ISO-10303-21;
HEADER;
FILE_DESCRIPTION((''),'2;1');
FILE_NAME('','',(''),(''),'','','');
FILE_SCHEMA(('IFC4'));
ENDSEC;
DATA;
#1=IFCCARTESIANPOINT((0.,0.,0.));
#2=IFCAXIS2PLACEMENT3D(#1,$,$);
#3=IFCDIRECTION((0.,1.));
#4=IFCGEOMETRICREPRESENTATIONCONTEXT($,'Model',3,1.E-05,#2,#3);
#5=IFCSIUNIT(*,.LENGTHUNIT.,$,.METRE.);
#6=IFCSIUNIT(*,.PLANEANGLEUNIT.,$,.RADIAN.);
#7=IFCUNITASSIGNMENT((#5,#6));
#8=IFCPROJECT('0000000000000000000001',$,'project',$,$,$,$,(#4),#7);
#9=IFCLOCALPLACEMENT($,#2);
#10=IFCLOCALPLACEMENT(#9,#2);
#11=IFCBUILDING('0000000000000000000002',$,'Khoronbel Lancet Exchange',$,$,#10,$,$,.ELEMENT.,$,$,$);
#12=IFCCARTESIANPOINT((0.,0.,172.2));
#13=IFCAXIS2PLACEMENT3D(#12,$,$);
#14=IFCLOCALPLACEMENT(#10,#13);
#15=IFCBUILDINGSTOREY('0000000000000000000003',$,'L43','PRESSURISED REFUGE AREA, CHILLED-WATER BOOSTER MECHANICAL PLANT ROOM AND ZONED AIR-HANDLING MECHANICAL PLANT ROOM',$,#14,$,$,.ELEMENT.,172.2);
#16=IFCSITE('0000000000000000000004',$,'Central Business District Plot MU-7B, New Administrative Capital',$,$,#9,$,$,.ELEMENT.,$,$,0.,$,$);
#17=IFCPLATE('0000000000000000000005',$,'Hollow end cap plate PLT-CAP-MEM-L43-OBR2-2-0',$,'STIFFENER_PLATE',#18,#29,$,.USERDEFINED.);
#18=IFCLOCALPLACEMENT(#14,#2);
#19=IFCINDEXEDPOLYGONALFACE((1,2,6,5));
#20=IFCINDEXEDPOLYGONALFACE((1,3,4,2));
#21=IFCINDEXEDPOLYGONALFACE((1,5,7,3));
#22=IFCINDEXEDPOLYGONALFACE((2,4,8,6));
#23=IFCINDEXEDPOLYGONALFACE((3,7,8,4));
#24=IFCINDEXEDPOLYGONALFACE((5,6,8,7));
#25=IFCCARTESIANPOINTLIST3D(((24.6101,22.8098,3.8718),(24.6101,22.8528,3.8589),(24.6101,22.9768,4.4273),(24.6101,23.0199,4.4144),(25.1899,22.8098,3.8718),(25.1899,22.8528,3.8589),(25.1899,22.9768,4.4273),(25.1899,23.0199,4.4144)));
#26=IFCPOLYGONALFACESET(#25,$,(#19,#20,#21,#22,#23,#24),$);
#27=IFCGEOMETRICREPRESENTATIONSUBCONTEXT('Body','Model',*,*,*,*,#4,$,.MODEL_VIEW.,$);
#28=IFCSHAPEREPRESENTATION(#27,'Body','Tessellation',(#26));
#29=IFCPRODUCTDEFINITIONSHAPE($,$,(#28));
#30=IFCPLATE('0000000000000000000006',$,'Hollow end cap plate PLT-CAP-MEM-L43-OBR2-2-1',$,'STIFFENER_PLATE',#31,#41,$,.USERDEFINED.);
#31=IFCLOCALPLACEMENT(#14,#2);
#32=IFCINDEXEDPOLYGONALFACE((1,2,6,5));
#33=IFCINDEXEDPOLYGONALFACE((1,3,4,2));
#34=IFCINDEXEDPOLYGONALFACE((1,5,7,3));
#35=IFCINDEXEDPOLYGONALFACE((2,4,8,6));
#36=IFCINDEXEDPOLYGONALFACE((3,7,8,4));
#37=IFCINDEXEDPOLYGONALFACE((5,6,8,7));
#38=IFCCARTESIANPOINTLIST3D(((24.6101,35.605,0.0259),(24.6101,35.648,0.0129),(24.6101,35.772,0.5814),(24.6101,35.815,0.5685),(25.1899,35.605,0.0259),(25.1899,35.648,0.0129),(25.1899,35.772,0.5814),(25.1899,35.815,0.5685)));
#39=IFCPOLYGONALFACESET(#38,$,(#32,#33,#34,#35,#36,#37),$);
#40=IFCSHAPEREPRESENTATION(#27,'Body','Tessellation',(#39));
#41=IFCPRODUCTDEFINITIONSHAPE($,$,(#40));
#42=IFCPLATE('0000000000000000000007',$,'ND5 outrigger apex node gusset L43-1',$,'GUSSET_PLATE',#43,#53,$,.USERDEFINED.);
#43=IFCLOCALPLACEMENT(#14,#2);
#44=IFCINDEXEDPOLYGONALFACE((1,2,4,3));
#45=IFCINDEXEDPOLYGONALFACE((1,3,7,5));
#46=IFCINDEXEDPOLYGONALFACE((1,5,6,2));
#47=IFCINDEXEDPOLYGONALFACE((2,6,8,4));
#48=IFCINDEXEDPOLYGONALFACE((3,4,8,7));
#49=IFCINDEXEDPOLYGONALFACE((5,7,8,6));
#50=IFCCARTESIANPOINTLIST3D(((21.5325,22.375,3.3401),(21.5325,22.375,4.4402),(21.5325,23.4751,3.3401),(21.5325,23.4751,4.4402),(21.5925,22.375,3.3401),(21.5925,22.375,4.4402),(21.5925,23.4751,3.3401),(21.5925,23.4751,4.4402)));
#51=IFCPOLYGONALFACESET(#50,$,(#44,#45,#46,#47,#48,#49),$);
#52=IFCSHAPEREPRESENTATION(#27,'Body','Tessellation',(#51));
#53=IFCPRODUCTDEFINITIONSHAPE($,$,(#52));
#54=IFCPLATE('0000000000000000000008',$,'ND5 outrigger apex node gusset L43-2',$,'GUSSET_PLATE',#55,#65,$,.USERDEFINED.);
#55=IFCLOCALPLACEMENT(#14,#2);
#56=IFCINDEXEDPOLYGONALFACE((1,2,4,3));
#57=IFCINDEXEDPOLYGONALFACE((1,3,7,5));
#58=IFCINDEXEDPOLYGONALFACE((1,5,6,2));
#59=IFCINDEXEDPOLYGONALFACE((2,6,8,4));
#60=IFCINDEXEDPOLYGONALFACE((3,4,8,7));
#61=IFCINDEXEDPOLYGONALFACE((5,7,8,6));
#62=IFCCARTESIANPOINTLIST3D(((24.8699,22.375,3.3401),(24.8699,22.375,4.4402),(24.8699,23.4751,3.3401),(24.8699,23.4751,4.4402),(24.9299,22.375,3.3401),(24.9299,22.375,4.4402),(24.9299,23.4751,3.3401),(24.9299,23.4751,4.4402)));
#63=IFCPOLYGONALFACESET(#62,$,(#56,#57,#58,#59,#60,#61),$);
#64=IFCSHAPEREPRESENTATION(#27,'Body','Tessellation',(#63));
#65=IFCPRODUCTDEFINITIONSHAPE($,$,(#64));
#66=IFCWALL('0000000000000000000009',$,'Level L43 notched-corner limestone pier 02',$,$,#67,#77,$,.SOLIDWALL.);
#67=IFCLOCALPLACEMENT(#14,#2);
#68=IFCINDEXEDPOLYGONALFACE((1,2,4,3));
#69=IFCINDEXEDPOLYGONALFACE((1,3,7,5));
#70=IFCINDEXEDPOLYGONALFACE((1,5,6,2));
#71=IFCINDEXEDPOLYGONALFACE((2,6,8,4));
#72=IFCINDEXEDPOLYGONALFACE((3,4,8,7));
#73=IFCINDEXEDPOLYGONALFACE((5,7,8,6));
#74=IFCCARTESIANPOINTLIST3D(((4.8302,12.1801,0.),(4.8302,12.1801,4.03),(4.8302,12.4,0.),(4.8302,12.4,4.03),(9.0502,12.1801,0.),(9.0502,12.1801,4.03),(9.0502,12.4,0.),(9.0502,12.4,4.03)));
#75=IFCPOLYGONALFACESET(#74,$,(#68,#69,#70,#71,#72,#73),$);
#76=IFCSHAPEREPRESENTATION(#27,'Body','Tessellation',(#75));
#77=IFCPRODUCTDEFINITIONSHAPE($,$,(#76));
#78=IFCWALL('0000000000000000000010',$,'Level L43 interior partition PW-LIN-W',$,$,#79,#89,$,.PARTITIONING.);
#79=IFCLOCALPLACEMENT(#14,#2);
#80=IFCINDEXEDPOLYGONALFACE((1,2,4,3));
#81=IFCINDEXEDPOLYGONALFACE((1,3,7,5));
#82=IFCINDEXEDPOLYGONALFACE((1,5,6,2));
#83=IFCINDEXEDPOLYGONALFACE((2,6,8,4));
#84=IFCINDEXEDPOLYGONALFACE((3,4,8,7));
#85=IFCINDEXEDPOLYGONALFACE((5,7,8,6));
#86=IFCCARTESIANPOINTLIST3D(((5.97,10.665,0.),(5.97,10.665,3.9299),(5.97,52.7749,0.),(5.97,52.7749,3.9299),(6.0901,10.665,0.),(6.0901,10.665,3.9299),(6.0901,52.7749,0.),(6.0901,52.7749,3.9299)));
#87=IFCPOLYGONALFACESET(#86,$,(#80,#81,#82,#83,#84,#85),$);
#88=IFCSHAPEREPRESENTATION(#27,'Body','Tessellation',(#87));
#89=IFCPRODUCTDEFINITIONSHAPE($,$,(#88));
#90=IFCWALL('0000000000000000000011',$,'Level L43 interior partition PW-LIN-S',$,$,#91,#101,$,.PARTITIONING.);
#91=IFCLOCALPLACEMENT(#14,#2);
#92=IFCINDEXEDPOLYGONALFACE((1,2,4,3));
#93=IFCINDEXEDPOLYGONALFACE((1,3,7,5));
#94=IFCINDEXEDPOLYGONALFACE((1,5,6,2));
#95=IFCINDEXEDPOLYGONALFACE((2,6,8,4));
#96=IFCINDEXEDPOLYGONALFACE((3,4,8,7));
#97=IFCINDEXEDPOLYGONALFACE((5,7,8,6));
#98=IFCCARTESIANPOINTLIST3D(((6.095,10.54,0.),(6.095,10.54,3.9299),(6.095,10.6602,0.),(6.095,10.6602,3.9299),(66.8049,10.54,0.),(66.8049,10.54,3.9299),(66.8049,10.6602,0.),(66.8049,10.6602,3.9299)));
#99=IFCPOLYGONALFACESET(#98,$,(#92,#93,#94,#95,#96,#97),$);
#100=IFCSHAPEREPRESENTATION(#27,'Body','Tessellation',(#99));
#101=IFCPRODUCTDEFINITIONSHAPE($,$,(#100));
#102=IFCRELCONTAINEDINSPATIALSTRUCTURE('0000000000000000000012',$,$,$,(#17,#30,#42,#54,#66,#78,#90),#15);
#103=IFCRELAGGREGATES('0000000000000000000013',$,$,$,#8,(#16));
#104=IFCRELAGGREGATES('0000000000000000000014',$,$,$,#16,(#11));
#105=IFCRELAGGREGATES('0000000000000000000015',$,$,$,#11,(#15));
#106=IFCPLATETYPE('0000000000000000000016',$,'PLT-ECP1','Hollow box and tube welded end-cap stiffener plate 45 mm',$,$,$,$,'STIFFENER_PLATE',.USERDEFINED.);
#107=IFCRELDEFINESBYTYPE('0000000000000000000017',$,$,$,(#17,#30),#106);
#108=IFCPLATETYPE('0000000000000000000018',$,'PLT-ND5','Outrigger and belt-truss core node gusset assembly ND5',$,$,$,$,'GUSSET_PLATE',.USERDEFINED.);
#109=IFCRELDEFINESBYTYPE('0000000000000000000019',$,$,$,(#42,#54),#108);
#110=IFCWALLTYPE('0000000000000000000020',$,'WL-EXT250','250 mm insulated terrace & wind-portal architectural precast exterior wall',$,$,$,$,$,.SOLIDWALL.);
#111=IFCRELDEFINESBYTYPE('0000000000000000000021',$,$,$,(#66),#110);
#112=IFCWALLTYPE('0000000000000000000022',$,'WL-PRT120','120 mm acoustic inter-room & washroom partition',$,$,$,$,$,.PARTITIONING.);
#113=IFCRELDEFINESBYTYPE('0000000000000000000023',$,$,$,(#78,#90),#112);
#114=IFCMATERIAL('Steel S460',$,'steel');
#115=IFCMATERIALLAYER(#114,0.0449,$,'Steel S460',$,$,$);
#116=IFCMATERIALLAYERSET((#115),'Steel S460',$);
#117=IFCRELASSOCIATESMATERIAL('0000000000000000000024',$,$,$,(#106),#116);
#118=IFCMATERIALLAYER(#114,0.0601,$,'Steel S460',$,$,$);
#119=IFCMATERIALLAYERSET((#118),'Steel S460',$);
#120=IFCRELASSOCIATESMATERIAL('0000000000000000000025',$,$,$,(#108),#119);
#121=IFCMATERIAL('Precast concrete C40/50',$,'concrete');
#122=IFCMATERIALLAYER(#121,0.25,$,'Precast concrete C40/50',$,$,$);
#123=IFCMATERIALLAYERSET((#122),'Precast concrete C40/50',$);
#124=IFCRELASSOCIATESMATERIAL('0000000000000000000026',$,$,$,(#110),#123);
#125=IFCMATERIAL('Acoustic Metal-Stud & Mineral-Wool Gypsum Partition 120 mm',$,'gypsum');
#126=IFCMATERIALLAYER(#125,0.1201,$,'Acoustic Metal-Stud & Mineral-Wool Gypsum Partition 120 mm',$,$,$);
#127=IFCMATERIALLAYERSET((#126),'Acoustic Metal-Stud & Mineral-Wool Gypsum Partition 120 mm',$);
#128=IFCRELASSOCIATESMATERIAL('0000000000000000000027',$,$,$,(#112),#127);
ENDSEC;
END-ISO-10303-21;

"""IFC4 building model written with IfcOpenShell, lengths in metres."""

from ifc_helpers import new_model, si_unit, direction, frame, frame_2d, origin, origin_2d, place, context, subcontext, project, spatial, polyline, rectangle, outline, extrude, material, layer, layer_set, type_object, element, save


model = new_model("IFC4")

# Units and contexts
model_context = context("Model", 3, precision=1e-05, world=origin(), true_north=direction((0.0, 1.0)))
body_context = subcontext(model_context, "Body", "Model", "MODEL_VIEW")
ifc_project = project(units=[si_unit("LENGTHUNIT", "METRE"), si_unit("PLANEANGLEUNIT", "RADIAN")], contexts=[model_context])

# Site, building, storey
site_placement = place(None, origin())
site = spatial("IfcSite", under=ifc_project, at=site_placement, Name="Central Business District Plot MU-7B, New Administrative Capital", CompositionType="ELEMENT", RefElevation=0.0)
building_placement = place(site_placement, origin())
building = spatial("IfcBuilding", under=site, at=building_placement, Name="Khoronbel Lancet Exchange", CompositionType="ELEMENT")
storey_placement = place(building_placement, frame((0.0, 0.0, 172.2)))
storey = spatial("IfcBuildingStorey", under=building, at=storey_placement, Name="L43", Description="PRESSURISED REFUGE AREA, CHILLED-WATER BOOSTER MECHANICAL PLANT ROOM AND ZONED AIR-HANDLING MECHANICAL PLANT ROOM", CompositionType="ELEMENT", Elevation=172.2)

# Shared definitions
ifc_material_1 = material(Name="Steel S460", Category="steel")

# Plates
ifc_layer_1 = layer(ifc_material_1, 0.0449, Name="Steel S460")
ifc_layer_set_1 = layer_set([ifc_layer_1], Name="Steel S460")
plate_type_1 = type_object("IfcPlateType", Name="PLT-ECP1", Description="Hollow box and tube welded end-cap stiffener plate 45 mm", ElementType="STIFFENER_PLATE", PredefinedType="USERDEFINED", material=ifc_layer_set_1)
for number, where, z_axis, x_axis, name in (
    (1, (24.6101, 22.8098, 3.8718), (0.0, -0.957652, 0.287927), (1.0, 0.0, 0.0), "Hollow end cap plate PLT-CAP-MEM-L43-OBR2-2-0"),
    (2, (24.6101, 35.605, 0.0259), (0.0, -0.957652, 0.287927), (1.0, 0.0, 0.0), "Hollow end cap plate PLT-CAP-MEM-L43-OBR2-2-1"),
):
    element("IfcPlate", number, at=place(storey_placement, frame(where, z_axis=z_axis, x_axis=x_axis)), inside=storey, type_object=plate_type_1, Name=name, ObjectType="STIFFENER_PLATE", PredefinedType="USERDEFINED", context=body_context, shape_type="SweptSolid", body=[
        extrude(outline(polyline([(0.0, 0.0), (0.5798, 0.0), (0.5798, 0.5801), (0.0, 0.5801), (0.0, 0.0)])), origin(), (0.0, 0.0, -1.0), 0.0449),
    ])
ifc_layer_2 = layer(ifc_material_1, 0.0601, Name="Steel S460")
ifc_layer_set_2 = layer_set([ifc_layer_2], Name="Steel S460")
plate_type_2 = type_object("IfcPlateType", Name="PLT-ND5", Description="Outrigger and belt-truss core node gusset assembly ND5", ElementType="GUSSET_PLATE", PredefinedType="USERDEFINED", material=ifc_layer_set_2)
for number, where, z_axis, x_axis, name in (
    (3, (21.5625, 22.925, 3.3401), (0.0, 0.0, 1.0), (1.0, 0.0, 0.0), "ND5 outrigger apex node gusset L43-1"),
    (4, (24.8999, 22.925, 3.3401), (0.0, 0.0, 1.0), (1.0, 0.0, 0.0), "ND5 outrigger apex node gusset L43-2"),
):
    element("IfcPlate", number, at=place(storey_placement, frame(where, z_axis=z_axis, x_axis=x_axis)), inside=storey, type_object=plate_type_2, Name=name, ObjectType="GUSSET_PLATE", PredefinedType="USERDEFINED", context=body_context, shape_type="SweptSolid", body=[
        extrude(rectangle(XDim=0.0601, YDim=1.1001, at=origin_2d()), origin(), (0.0, 0.0, 1.0), 1.1001),
    ])

# Walls
ifc_material_2 = material(Name="Precast concrete C40/50", Category="concrete")
ifc_layer_3 = layer(ifc_material_2, 0.25, Name="Precast concrete C40/50")
ifc_layer_set_3 = layer_set([ifc_layer_3], Name="Precast concrete C40/50")
wall_type_1 = type_object("IfcWallType", Name="WL-EXT250", Description="250 mm insulated terrace & wind-portal architectural precast exterior wall", PredefinedType="SOLIDWALL", material=ifc_layer_set_3)
wall_1_placement = place(storey_placement, frame((9.05, 12.29, 0.0), z_axis=(0.0, 0.0, 1.0), x_axis=(-1.0, 0.0, 0.0)))
element("IfcWall", 5, at=wall_1_placement, inside=storey, type_object=wall_type_1, Name="Level L43 notched-corner limestone pier 02", PredefinedType="SOLIDWALL", context=body_context, shape_type="SweptSolid", body=[
    extrude(rectangle(XDim=4.22, YDim=0.22, at=frame_2d((2.1099, 0.0))), origin(), (0.0, 0.0, 1.0), 4.03),
])
ifc_material_3 = material(Name="Acoustic Metal-Stud & Mineral-Wool Gypsum Partition 120 mm", Category="gypsum")
ifc_layer_4 = layer(ifc_material_3, 0.1201, Name="Acoustic Metal-Stud & Mineral-Wool Gypsum Partition 120 mm")
ifc_layer_set_4 = layer_set([ifc_layer_4], Name="Acoustic Metal-Stud & Mineral-Wool Gypsum Partition 120 mm")
wall_type_2 = type_object("IfcWallType", Name="WL-PRT120", Description="120 mm acoustic inter-room & washroom partition", PredefinedType="PARTITIONING", material=ifc_layer_set_4)
wall_2_placement = place(storey_placement, frame((6.03, 10.665, 0.0), z_axis=(0.0, 0.0, 1.0), x_axis=(0.0, 1.0, 0.0)))
element("IfcWall", 6, at=wall_2_placement, inside=storey, type_object=wall_type_2, Name="Level L43 interior partition PW-LIN-W", PredefinedType="PARTITIONING", context=body_context, shape_type="SweptSolid", body=[
    extrude(rectangle(XDim=42.1099, YDim=0.1201, at=frame_2d((21.0549, 0.0))), origin(), (0.0, 0.0, 1.0), 3.9299),
])
wall_3_placement = place(storey_placement, frame((6.095, 10.6001, 0.0), z_axis=(0.0, 0.0, 1.0), x_axis=(1.0, 0.0, 0.0)))
element("IfcWall", 7, at=wall_3_placement, inside=storey, type_object=wall_type_2, Name="Level L43 interior partition PW-LIN-S", PredefinedType="PARTITIONING", context=body_context, shape_type="SweptSolid", body=[
    extrude(rectangle(XDim=60.71, YDim=0.1201, at=frame_2d((30.355, 0.0))), origin(), (0.0, 0.0, 1.0), 3.9299),
])

save(model, "model.ifc")
